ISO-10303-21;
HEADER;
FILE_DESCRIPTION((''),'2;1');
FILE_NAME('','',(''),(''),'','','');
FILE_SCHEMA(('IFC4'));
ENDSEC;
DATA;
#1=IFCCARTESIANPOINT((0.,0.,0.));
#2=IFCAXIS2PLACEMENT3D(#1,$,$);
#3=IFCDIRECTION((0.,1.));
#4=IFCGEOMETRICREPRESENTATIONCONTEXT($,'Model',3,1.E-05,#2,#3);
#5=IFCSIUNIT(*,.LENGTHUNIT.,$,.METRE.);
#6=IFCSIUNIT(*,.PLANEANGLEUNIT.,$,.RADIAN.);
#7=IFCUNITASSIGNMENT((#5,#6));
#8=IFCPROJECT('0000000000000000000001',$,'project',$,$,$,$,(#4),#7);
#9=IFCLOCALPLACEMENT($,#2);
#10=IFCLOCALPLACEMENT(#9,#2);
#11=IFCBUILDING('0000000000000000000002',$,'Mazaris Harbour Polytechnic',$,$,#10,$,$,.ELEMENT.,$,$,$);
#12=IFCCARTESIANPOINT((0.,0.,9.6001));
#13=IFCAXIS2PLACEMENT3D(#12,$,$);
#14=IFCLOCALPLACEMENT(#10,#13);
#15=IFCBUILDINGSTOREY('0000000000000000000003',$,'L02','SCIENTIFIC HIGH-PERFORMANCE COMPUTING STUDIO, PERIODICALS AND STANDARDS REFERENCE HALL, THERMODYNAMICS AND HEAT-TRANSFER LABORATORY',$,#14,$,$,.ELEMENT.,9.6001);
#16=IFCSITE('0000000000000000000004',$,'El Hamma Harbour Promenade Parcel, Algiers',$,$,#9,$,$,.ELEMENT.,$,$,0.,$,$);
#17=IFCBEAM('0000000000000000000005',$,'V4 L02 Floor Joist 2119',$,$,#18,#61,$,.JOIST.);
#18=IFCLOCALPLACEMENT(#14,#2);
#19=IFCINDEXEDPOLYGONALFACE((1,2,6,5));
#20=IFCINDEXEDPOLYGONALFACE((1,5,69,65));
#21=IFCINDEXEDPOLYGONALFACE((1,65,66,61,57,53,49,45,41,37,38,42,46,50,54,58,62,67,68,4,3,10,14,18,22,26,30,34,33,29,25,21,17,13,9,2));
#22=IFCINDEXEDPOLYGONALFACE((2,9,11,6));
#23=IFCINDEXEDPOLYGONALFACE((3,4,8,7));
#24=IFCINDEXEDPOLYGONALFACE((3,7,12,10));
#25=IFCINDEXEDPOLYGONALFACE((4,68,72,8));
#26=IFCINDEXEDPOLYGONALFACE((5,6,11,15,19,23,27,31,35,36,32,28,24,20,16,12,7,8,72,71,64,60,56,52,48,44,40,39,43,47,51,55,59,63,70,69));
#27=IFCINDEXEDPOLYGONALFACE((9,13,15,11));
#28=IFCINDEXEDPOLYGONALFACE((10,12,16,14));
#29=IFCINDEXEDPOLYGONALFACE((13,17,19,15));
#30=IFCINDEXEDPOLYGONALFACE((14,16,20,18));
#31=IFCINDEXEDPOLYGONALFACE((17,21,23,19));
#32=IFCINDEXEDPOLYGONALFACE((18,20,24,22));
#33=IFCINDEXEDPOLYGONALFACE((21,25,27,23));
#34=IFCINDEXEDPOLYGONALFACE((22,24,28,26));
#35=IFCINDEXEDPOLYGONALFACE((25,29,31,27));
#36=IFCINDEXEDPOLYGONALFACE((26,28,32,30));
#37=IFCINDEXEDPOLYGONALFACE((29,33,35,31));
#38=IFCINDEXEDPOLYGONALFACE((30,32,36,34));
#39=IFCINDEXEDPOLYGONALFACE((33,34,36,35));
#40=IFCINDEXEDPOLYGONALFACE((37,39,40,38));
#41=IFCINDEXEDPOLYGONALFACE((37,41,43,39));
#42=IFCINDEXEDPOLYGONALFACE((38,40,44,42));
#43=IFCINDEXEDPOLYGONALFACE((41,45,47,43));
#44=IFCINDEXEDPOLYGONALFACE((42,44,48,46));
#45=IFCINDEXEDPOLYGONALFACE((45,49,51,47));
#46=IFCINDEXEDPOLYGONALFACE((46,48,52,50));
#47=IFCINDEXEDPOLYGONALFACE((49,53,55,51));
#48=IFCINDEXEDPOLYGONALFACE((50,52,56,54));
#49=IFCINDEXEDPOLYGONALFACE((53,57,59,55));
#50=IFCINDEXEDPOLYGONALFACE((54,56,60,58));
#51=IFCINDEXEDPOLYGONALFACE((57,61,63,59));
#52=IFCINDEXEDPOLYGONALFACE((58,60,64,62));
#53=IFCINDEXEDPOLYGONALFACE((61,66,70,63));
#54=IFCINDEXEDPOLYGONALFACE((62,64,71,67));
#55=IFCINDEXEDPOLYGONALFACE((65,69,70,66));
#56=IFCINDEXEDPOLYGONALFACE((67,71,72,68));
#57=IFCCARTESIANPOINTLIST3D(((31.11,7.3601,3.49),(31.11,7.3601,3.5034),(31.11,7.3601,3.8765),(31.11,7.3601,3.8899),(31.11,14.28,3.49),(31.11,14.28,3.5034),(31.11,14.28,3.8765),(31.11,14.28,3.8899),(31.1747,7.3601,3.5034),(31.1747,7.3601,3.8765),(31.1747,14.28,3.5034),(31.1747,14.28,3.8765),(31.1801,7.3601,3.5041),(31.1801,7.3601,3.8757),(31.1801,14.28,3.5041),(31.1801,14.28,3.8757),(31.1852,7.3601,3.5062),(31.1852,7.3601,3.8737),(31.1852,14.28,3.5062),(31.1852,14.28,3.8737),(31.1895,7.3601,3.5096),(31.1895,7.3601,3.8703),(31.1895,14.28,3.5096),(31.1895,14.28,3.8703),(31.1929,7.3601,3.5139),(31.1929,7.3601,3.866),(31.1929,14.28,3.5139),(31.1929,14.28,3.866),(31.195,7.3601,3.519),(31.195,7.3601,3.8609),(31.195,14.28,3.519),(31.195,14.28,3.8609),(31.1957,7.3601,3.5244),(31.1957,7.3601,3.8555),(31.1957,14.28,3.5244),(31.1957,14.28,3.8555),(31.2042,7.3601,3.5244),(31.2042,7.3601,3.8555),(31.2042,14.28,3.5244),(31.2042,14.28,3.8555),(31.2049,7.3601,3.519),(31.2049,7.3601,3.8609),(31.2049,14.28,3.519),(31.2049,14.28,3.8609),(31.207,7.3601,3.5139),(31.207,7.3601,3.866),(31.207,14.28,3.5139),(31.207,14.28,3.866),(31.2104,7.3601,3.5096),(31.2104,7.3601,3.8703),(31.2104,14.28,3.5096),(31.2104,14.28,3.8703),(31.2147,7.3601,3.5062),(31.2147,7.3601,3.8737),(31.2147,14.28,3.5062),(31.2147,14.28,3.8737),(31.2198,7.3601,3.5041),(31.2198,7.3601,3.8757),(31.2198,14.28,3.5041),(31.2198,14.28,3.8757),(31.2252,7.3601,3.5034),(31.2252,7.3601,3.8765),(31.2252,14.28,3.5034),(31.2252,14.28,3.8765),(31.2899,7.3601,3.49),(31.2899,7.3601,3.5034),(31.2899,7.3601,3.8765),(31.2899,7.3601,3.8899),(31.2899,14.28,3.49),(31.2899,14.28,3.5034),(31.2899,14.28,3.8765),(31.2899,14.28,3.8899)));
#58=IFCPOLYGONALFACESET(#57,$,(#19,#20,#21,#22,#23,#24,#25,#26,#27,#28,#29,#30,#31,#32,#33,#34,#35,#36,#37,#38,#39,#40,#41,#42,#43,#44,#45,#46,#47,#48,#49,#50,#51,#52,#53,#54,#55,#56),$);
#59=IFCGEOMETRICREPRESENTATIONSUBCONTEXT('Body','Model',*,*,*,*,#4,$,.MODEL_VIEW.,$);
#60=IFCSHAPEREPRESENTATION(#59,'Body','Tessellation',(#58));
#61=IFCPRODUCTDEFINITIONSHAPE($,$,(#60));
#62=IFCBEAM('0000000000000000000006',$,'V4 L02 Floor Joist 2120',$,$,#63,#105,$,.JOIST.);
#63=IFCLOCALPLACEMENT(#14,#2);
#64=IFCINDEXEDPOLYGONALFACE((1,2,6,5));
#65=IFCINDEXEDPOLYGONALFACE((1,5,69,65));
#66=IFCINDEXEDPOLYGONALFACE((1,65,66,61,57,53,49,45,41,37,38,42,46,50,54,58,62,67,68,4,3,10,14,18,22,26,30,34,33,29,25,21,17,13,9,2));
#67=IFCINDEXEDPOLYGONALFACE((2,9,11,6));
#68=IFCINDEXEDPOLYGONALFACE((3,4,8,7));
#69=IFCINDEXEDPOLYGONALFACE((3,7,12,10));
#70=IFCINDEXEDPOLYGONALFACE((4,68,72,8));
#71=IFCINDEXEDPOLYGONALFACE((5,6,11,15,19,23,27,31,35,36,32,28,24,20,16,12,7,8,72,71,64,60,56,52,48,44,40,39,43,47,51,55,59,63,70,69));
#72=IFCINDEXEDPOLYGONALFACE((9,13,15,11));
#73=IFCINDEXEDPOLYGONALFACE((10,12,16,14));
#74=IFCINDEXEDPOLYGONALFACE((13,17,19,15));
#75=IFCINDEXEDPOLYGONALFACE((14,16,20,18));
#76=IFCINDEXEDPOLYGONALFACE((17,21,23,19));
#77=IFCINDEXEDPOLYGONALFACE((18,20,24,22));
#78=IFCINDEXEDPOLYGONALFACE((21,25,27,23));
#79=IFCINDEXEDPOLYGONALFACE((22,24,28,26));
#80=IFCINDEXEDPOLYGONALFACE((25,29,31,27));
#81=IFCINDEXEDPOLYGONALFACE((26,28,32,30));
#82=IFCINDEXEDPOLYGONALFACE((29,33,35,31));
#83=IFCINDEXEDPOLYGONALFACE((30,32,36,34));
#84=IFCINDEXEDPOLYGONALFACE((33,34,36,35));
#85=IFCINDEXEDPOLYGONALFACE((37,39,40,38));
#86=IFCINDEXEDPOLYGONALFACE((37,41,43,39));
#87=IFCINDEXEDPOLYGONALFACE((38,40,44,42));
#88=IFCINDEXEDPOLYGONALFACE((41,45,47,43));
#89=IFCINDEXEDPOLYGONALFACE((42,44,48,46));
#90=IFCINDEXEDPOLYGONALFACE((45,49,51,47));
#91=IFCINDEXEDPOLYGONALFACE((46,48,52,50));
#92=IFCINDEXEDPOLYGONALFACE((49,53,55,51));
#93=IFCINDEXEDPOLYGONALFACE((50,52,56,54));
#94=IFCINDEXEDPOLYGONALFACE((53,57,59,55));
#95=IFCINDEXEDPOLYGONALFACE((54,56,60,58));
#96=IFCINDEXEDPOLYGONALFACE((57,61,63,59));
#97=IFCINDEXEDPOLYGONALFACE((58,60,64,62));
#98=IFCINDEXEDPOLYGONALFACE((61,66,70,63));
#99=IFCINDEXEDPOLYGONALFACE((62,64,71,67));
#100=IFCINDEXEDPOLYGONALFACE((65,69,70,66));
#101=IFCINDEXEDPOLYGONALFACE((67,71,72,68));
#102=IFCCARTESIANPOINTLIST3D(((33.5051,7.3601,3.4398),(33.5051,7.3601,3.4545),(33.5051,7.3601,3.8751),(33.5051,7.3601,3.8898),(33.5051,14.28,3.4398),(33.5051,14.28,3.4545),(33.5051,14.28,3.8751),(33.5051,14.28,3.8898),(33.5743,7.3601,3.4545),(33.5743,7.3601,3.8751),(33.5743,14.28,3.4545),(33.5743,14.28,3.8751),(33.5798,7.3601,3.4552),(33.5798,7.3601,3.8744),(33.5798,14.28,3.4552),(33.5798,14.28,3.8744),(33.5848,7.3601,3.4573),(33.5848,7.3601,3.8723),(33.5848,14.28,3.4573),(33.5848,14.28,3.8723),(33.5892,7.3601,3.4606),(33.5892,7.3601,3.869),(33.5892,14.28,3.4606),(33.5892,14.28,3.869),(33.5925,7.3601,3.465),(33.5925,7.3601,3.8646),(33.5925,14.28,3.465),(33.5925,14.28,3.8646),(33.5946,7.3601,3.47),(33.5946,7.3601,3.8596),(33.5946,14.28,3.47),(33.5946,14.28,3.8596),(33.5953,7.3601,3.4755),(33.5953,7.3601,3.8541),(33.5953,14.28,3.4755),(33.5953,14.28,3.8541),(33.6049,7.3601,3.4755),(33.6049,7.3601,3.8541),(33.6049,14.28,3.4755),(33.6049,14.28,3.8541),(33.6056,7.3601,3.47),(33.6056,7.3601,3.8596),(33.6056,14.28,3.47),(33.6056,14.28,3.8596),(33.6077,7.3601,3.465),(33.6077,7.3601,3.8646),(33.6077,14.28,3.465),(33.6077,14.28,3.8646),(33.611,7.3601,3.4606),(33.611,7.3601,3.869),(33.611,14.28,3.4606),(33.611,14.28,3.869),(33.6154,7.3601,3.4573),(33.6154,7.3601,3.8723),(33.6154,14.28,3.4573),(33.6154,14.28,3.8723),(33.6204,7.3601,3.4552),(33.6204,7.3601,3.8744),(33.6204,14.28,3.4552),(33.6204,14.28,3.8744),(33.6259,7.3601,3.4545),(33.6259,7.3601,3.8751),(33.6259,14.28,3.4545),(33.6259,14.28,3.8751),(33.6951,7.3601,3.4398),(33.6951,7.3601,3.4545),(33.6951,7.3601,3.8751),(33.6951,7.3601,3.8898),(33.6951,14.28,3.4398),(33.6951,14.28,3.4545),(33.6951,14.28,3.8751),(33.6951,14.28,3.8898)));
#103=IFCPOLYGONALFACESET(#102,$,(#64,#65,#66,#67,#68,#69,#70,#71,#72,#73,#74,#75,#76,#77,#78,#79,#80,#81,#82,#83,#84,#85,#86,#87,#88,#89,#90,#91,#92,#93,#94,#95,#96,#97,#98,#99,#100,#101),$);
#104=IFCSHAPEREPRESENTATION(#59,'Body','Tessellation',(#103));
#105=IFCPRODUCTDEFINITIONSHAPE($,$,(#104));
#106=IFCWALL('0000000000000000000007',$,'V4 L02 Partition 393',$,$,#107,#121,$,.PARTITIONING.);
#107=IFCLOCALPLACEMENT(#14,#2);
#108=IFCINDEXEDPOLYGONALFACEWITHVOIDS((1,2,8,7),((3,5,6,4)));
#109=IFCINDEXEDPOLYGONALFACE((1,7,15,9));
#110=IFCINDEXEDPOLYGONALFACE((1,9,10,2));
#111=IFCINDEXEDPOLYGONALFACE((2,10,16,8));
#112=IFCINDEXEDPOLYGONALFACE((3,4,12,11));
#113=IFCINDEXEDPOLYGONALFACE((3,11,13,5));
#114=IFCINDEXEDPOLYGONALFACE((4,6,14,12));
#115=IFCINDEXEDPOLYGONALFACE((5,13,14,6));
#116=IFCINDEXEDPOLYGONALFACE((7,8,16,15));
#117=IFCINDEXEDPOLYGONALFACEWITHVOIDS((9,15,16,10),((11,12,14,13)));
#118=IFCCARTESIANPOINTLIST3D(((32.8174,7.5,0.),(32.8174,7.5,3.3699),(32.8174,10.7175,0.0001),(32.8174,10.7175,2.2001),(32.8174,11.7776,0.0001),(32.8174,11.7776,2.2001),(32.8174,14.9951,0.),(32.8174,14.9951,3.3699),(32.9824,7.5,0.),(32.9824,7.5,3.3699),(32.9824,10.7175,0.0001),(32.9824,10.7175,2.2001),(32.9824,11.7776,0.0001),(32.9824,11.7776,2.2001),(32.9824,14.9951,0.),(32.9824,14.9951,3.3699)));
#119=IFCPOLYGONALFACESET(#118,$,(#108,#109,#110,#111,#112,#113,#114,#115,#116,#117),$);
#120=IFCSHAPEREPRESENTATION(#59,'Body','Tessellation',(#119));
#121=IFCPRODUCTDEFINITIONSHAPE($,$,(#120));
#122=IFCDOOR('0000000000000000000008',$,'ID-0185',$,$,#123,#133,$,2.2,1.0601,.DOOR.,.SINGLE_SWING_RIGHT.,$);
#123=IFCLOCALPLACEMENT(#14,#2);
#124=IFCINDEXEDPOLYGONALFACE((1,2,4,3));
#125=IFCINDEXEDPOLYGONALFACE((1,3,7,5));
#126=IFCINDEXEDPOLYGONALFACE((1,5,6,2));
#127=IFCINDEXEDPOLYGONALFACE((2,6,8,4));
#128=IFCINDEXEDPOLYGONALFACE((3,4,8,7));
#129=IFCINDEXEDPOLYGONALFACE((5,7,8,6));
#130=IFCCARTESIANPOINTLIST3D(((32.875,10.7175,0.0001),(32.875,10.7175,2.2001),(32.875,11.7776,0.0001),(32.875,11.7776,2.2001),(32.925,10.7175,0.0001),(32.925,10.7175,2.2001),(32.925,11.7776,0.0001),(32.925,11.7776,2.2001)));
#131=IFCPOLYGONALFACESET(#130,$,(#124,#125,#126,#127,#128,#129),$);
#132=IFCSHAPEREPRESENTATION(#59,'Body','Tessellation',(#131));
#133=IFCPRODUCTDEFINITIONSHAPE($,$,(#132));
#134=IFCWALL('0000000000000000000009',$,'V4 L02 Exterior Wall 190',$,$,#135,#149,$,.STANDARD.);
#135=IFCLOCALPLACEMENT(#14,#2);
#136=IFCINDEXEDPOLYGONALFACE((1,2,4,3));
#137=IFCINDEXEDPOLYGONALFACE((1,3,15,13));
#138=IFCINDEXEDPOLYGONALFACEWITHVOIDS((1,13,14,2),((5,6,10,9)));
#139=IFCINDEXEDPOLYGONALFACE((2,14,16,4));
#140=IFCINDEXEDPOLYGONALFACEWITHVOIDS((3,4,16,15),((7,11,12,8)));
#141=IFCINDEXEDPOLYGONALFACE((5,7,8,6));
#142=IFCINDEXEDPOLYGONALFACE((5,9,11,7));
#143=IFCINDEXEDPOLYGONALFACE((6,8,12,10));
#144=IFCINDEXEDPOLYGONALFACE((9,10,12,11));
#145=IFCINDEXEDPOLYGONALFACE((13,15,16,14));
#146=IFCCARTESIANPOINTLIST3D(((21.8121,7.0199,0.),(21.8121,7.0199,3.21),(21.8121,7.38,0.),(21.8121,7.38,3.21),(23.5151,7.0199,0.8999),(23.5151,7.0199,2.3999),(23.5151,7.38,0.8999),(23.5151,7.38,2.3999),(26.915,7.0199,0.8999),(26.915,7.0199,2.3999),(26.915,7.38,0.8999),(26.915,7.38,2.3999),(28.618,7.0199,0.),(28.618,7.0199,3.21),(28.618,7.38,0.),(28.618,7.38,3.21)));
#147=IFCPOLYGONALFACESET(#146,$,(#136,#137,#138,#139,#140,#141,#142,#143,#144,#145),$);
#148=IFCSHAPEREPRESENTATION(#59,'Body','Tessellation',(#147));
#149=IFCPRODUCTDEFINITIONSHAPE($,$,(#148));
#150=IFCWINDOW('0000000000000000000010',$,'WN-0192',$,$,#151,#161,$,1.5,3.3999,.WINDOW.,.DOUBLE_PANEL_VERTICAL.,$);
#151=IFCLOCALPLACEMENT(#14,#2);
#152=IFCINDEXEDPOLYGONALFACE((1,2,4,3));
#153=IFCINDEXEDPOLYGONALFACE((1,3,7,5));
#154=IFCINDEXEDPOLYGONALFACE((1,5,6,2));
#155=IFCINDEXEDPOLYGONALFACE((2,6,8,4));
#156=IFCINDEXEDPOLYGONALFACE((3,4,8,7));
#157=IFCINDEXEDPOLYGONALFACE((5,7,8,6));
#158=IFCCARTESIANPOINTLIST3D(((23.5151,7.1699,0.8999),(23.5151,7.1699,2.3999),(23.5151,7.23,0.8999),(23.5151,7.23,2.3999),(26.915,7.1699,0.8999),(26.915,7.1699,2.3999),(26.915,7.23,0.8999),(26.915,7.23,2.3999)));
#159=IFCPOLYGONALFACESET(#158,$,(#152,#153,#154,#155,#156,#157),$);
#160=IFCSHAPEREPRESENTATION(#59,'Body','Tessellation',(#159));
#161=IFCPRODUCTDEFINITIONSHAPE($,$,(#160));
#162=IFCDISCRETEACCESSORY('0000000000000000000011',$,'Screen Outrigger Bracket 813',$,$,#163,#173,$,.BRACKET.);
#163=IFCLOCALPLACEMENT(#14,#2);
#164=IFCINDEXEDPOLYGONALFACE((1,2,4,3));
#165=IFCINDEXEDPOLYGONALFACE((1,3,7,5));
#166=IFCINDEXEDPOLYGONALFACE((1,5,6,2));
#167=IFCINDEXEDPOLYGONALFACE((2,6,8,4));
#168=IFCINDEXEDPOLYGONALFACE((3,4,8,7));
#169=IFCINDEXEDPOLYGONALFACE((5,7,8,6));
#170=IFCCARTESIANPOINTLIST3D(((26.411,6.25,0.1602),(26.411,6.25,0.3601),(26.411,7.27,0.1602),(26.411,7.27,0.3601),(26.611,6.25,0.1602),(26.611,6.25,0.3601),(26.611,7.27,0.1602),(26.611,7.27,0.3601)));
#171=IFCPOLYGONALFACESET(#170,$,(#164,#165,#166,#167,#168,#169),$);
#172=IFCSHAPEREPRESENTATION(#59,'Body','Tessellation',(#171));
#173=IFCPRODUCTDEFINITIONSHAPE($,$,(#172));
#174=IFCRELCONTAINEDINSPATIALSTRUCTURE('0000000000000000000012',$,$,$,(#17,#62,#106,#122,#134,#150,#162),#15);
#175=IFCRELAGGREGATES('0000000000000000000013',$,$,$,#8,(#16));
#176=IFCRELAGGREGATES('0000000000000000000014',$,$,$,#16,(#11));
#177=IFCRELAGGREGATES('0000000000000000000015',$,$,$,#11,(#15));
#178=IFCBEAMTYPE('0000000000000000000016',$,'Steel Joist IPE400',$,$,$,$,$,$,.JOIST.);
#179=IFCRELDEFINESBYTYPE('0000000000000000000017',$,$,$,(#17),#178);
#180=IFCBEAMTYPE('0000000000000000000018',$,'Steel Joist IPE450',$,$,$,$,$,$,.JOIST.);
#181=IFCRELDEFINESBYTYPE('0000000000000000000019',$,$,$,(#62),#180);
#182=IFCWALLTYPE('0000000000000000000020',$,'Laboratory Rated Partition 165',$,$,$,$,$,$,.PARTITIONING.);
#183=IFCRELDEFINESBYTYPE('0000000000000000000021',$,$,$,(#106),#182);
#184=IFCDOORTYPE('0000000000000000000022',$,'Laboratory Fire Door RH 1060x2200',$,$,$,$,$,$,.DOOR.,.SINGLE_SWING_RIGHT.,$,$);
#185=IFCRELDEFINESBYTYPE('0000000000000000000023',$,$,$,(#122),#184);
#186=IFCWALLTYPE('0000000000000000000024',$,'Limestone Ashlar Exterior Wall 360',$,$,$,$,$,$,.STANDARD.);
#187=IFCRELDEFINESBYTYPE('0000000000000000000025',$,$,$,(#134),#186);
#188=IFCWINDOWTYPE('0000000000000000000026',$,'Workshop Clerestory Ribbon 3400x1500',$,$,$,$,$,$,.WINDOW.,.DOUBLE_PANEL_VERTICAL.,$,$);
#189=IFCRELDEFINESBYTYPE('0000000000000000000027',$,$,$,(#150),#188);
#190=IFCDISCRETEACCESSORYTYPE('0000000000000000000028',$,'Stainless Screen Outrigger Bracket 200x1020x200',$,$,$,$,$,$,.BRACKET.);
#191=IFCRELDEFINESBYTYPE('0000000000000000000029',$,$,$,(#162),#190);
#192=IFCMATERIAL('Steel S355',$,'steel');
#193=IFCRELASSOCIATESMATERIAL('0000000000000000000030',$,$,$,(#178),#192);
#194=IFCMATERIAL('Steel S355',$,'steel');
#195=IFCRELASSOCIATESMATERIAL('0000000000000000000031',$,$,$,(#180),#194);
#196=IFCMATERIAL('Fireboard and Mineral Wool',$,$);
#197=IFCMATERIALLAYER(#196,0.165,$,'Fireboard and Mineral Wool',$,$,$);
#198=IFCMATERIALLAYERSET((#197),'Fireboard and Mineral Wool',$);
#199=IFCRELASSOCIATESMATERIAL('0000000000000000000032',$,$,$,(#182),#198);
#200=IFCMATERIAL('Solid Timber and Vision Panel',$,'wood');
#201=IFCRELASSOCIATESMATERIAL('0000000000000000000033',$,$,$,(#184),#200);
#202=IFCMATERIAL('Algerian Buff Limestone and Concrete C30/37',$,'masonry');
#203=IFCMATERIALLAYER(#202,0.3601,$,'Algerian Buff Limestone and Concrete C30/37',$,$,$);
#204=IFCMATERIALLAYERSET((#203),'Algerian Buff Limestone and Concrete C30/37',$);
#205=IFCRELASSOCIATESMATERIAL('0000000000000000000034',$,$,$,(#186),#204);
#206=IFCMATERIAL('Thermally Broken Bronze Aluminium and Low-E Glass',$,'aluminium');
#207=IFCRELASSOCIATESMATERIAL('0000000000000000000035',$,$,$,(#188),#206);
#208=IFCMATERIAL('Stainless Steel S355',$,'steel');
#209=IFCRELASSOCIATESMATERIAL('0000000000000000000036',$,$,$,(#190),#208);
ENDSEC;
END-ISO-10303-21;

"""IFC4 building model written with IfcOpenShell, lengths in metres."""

from ifc_helpers import new_model, si_unit, direction, frame, frame_2d, origin, origin_2d, place, context, subcontext, project, spatial, rectangle, i_section, extrude, material, layer, layer_set, material_profile, profile_set, type_object, element, fill, save


model = new_model("IFC4")

# Units and contexts
model_context = context("Model", 3, precision=1e-05, world=origin(), true_north=direction((0.0, 1.0)))
body_context = subcontext(model_context, "Body", "Model", "MODEL_VIEW")
ifc_project = project(units=[si_unit("LENGTHUNIT", "METRE"), si_unit("PLANEANGLEUNIT", "RADIAN")], contexts=[model_context])

# Site, building, storey
site_placement = place(None, origin())
site = spatial("IfcSite", under=ifc_project, at=site_placement, Name="El Hamma Harbour Promenade Parcel, Algiers", CompositionType="ELEMENT", RefElevation=0.0)
building_placement = place(site_placement, origin())
building = spatial("IfcBuilding", under=site, at=building_placement, Name="Mazaris Harbour Polytechnic", CompositionType="ELEMENT")
storey_placement = place(building_placement, frame((0.0, 0.0, 9.6001)))
storey = spatial("IfcBuildingStorey", under=building, at=storey_placement, Name="L02", Description="SCIENTIFIC HIGH-PERFORMANCE COMPUTING STUDIO, PERIODICALS AND STANDARDS REFERENCE HALL, THERMODYNAMICS AND HEAT-TRANSFER LABORATORY", CompositionType="ELEMENT", Elevation=9.6001)

# Beams
ifc_material_1 = material(Name="Steel S355", Category="steel")
ifc_material_profile_1 = material_profile(ifc_material_1, i_section(OverallWidth=0.1799, OverallDepth=0.3999, WebThickness=0.0085, FlangeThickness=0.0134, FilletRadius=0.021, at=origin_2d()), Name="IPE 400")
ifc_profile_set_1 = profile_set([ifc_material_profile_1], Name="Steel S355")
beam_type_1 = type_object("IfcBeamType", Name="Steel Joist IPE400", PredefinedType="JOIST", material=ifc_profile_set_1)
beam_1_placement = place(storey_placement, frame((31.2, 7.3601, 3.6899), z_axis=(0.0, 1.0, 0.0), x_axis=(-1.0, 0.0, 0.0)))
element("IfcBeam", 1, at=beam_1_placement, inside=storey, type_object=beam_type_1, Name="V4 L02 Floor Joist 2119", PredefinedType="JOIST", context=body_context, shape_type="SweptSolid", body=[
    extrude(i_section(OverallWidth=0.1799, OverallDepth=0.3999, WebThickness=0.0085, FlangeThickness=0.0134, FilletRadius=0.021, at=origin_2d()), origin(), (0.0, 0.0, 1.0), 6.9199),
])
ifc_material_2 = material(Name="Steel S355", Category="steel")
ifc_material_profile_2 = material_profile(ifc_material_2, i_section(OverallWidth=0.1899, OverallDepth=0.45, WebThickness=0.0095, FlangeThickness=0.0146, FilletRadius=0.021, at=origin_2d()), Name="IPE 450")
ifc_profile_set_2 = profile_set([ifc_material_profile_2], Name="Steel S355")
beam_type_2 = type_object("IfcBeamType", Name="Steel Joist IPE450", PredefinedType="JOIST", material=ifc_profile_set_2)
beam_2_placement = place(storey_placement, frame((33.6001, 7.3601, 3.6648), z_axis=(0.0, 1.0, 0.0), x_axis=(-1.0, 0.0, 0.0)))
element("IfcBeam", 2, at=beam_2_placement, inside=storey, type_object=beam_type_2, Name="V4 L02 Floor Joist 2120", PredefinedType="JOIST", context=body_context, shape_type="SweptSolid", body=[
    extrude(i_section(OverallWidth=0.1899, OverallDepth=0.45, WebThickness=0.0095, FlangeThickness=0.0146, FilletRadius=0.021, at=origin_2d()), origin(), (0.0, 0.0, 1.0), 6.9199),
])

# Wall, opening, door
ifc_material_3 = material(Name="Fireboard and Mineral Wool")
ifc_layer_1 = layer(ifc_material_3, 0.165, Name="Fireboard and Mineral Wool")
ifc_layer_set_1 = layer_set([ifc_layer_1], Name="Fireboard and Mineral Wool")
wall_type_1 = type_object("IfcWallType", Name="Laboratory Rated Partition 165", PredefinedType="PARTITIONING", material=ifc_layer_set_1)
wall_1_placement = place(storey_placement, frame((32.8999, 7.5, 0.0), z_axis=(0.0, 0.0, 1.0), x_axis=(0.0, 1.0, 0.0)))
wall_1 = element("IfcWall", 3, at=wall_1_placement, inside=storey, type_object=wall_type_1, Name="V4 L02 Partition 393", PredefinedType="PARTITIONING", context=body_context, shape_type="SweptSolid", body=[
    extrude(rectangle(XDim=7.4951, YDim=0.165, at=frame_2d((3.7476, 0.0))), origin(), (0.0, 0.0, 1.0), 3.3699),
])
opening_1_placement = place(wall_1_placement, frame((3.2175, 0.0, 0.0)))
opening_1 = element("IfcOpeningElement", 4, at=opening_1_placement, cuts=wall_1, PredefinedType="OPENING", context=body_context, shape_type="SweptSolid", body=[
    extrude(rectangle(XDim=1.0601, YDim=2.2, at=frame_2d((0.53, 1.1001))), frame((0.0, 0.0925, 0.0), z_axis=(0.0, -1.0, 0.0), x_axis=(1.0, 0.0, 0.0)), (0.0, 0.0, 1.0), 0.1851),
])
ifc_material_4 = material(Name="Solid Timber and Vision Panel", Category="wood")
door_type = type_object("IfcDoorType", Name="Laboratory Fire Door RH 1060x2200", OperationType="SINGLE_SWING_RIGHT", PredefinedType="DOOR", material=ifc_material_4)
door_placement = place(opening_1_placement, origin())
door = element("IfcDoor", 5, at=door_placement, inside=storey, type_object=door_type, Name="ID-0185", OperationType="SINGLE_SWING_RIGHT", OverallHeight=2.2, OverallWidth=1.0601, PredefinedType="DOOR", context=body_context, shape_type="SweptSolid", body=[
    extrude(rectangle(XDim=1.0601, YDim=2.2, at=frame_2d((0.53, 1.1001))), frame((0.0, 0.0249, 0.0), z_axis=(0.0, -1.0, 0.0), x_axis=(1.0, 0.0, 0.0)), (0.0, 0.0, 1.0), 0.05),
])
fill(opening_1, door)

# Wall, opening, window
ifc_material_5 = material(Name="Algerian Buff Limestone and Concrete C30/37", Category="masonry")
ifc_layer_2 = layer(ifc_material_5, 0.3601, Name="Algerian Buff Limestone and Concrete C30/37")
ifc_layer_set_2 = layer_set([ifc_layer_2], Name="Algerian Buff Limestone and Concrete C30/37")
wall_type_2 = type_object("IfcWallType", Name="Limestone Ashlar Exterior Wall 360", PredefinedType="STANDARD", material=ifc_layer_set_2)
wall_2_placement = place(storey_placement, frame((28.6179, 7.2, 0.0), z_axis=(0.0, 0.0, 1.0), x_axis=(-1.0, 0.0, 0.0)))
wall_2 = element("IfcWall", 6, at=wall_2_placement, inside=storey, type_object=wall_type_2, Name="V4 L02 Exterior Wall 190", PredefinedType="STANDARD", context=body_context, shape_type="SweptSolid", body=[
    extrude(rectangle(XDim=6.8059, YDim=0.3601, at=frame_2d((3.4028, 0.0))), origin(), (0.0, 0.0, 1.0), 3.21),
])
opening_2_placement = place(wall_2_placement, frame((1.7029, 0.0, 0.8999)))
opening_2 = element("IfcOpeningElement", 7, at=opening_2_placement, cuts=wall_2, PredefinedType="OPENING", context=body_context, shape_type="SweptSolid", body=[
    extrude(rectangle(XDim=3.3999, YDim=1.5, at=frame_2d((1.7, 0.75))), frame((0.0, 0.1899, 0.0), z_axis=(0.0, -1.0, 0.0), x_axis=(1.0, 0.0, 0.0)), (0.0, 0.0, 1.0), 0.3801),
])
ifc_material_6 = material(Name="Thermally Broken Bronze Aluminium and Low-E Glass", Category="aluminium")
window_type = type_object("IfcWindowType", Name="Workshop Clerestory Ribbon 3400x1500", PartitioningType="DOUBLE_PANEL_VERTICAL", PredefinedType="WINDOW", material=ifc_material_6)
window_placement = place(opening_2_placement, origin())
window = element("IfcWindow", 8, at=window_placement, inside=storey, type_object=window_type, Name="WN-0192", OverallHeight=1.5, OverallWidth=3.3999, PartitioningType="DOUBLE_PANEL_VERTICAL", PredefinedType="WINDOW", context=body_context, shape_type="SweptSolid", body=[
    extrude(rectangle(XDim=3.3999, YDim=1.5, at=frame_2d((1.7, 0.75))), frame((0.0, 0.03, 0.0), z_axis=(0.0, -1.0, 0.0), x_axis=(1.0, 0.0, 0.0)), (0.0, 0.0, 1.0), 0.0601),
])
fill(opening_2, window)

# Discrete accessory
ifc_material_7 = material(Name="Stainless Steel S355", Category="steel")
discrete_accessory_type = type_object("IfcDiscreteAccessoryType", Name="Stainless Screen Outrigger Bracket 200x1020x200", PredefinedType="BRACKET", material=ifc_material_7)
for number, where, z_axis, x_axis, name in (
    (9, (26.511, 6.76, 0.1602), (0.0, 0.0, 1.0), (-1.0, 0.0, 0.0), "Screen Outrigger Bracket 813"),
):
    element("IfcDiscreteAccessory", number, at=place(storey_placement, frame(where, z_axis=z_axis, x_axis=x_axis)), inside=storey, type_object=discrete_accessory_type, Name=name, PredefinedType="BRACKET", context=body_context, shape_type="SweptSolid", body=[
        extrude(rectangle(XDim=0.2, YDim=1.02, at=origin_2d()), origin(), (0.0, 0.0, 1.0), 0.2),
    ])

save(model, "model.ifc")
